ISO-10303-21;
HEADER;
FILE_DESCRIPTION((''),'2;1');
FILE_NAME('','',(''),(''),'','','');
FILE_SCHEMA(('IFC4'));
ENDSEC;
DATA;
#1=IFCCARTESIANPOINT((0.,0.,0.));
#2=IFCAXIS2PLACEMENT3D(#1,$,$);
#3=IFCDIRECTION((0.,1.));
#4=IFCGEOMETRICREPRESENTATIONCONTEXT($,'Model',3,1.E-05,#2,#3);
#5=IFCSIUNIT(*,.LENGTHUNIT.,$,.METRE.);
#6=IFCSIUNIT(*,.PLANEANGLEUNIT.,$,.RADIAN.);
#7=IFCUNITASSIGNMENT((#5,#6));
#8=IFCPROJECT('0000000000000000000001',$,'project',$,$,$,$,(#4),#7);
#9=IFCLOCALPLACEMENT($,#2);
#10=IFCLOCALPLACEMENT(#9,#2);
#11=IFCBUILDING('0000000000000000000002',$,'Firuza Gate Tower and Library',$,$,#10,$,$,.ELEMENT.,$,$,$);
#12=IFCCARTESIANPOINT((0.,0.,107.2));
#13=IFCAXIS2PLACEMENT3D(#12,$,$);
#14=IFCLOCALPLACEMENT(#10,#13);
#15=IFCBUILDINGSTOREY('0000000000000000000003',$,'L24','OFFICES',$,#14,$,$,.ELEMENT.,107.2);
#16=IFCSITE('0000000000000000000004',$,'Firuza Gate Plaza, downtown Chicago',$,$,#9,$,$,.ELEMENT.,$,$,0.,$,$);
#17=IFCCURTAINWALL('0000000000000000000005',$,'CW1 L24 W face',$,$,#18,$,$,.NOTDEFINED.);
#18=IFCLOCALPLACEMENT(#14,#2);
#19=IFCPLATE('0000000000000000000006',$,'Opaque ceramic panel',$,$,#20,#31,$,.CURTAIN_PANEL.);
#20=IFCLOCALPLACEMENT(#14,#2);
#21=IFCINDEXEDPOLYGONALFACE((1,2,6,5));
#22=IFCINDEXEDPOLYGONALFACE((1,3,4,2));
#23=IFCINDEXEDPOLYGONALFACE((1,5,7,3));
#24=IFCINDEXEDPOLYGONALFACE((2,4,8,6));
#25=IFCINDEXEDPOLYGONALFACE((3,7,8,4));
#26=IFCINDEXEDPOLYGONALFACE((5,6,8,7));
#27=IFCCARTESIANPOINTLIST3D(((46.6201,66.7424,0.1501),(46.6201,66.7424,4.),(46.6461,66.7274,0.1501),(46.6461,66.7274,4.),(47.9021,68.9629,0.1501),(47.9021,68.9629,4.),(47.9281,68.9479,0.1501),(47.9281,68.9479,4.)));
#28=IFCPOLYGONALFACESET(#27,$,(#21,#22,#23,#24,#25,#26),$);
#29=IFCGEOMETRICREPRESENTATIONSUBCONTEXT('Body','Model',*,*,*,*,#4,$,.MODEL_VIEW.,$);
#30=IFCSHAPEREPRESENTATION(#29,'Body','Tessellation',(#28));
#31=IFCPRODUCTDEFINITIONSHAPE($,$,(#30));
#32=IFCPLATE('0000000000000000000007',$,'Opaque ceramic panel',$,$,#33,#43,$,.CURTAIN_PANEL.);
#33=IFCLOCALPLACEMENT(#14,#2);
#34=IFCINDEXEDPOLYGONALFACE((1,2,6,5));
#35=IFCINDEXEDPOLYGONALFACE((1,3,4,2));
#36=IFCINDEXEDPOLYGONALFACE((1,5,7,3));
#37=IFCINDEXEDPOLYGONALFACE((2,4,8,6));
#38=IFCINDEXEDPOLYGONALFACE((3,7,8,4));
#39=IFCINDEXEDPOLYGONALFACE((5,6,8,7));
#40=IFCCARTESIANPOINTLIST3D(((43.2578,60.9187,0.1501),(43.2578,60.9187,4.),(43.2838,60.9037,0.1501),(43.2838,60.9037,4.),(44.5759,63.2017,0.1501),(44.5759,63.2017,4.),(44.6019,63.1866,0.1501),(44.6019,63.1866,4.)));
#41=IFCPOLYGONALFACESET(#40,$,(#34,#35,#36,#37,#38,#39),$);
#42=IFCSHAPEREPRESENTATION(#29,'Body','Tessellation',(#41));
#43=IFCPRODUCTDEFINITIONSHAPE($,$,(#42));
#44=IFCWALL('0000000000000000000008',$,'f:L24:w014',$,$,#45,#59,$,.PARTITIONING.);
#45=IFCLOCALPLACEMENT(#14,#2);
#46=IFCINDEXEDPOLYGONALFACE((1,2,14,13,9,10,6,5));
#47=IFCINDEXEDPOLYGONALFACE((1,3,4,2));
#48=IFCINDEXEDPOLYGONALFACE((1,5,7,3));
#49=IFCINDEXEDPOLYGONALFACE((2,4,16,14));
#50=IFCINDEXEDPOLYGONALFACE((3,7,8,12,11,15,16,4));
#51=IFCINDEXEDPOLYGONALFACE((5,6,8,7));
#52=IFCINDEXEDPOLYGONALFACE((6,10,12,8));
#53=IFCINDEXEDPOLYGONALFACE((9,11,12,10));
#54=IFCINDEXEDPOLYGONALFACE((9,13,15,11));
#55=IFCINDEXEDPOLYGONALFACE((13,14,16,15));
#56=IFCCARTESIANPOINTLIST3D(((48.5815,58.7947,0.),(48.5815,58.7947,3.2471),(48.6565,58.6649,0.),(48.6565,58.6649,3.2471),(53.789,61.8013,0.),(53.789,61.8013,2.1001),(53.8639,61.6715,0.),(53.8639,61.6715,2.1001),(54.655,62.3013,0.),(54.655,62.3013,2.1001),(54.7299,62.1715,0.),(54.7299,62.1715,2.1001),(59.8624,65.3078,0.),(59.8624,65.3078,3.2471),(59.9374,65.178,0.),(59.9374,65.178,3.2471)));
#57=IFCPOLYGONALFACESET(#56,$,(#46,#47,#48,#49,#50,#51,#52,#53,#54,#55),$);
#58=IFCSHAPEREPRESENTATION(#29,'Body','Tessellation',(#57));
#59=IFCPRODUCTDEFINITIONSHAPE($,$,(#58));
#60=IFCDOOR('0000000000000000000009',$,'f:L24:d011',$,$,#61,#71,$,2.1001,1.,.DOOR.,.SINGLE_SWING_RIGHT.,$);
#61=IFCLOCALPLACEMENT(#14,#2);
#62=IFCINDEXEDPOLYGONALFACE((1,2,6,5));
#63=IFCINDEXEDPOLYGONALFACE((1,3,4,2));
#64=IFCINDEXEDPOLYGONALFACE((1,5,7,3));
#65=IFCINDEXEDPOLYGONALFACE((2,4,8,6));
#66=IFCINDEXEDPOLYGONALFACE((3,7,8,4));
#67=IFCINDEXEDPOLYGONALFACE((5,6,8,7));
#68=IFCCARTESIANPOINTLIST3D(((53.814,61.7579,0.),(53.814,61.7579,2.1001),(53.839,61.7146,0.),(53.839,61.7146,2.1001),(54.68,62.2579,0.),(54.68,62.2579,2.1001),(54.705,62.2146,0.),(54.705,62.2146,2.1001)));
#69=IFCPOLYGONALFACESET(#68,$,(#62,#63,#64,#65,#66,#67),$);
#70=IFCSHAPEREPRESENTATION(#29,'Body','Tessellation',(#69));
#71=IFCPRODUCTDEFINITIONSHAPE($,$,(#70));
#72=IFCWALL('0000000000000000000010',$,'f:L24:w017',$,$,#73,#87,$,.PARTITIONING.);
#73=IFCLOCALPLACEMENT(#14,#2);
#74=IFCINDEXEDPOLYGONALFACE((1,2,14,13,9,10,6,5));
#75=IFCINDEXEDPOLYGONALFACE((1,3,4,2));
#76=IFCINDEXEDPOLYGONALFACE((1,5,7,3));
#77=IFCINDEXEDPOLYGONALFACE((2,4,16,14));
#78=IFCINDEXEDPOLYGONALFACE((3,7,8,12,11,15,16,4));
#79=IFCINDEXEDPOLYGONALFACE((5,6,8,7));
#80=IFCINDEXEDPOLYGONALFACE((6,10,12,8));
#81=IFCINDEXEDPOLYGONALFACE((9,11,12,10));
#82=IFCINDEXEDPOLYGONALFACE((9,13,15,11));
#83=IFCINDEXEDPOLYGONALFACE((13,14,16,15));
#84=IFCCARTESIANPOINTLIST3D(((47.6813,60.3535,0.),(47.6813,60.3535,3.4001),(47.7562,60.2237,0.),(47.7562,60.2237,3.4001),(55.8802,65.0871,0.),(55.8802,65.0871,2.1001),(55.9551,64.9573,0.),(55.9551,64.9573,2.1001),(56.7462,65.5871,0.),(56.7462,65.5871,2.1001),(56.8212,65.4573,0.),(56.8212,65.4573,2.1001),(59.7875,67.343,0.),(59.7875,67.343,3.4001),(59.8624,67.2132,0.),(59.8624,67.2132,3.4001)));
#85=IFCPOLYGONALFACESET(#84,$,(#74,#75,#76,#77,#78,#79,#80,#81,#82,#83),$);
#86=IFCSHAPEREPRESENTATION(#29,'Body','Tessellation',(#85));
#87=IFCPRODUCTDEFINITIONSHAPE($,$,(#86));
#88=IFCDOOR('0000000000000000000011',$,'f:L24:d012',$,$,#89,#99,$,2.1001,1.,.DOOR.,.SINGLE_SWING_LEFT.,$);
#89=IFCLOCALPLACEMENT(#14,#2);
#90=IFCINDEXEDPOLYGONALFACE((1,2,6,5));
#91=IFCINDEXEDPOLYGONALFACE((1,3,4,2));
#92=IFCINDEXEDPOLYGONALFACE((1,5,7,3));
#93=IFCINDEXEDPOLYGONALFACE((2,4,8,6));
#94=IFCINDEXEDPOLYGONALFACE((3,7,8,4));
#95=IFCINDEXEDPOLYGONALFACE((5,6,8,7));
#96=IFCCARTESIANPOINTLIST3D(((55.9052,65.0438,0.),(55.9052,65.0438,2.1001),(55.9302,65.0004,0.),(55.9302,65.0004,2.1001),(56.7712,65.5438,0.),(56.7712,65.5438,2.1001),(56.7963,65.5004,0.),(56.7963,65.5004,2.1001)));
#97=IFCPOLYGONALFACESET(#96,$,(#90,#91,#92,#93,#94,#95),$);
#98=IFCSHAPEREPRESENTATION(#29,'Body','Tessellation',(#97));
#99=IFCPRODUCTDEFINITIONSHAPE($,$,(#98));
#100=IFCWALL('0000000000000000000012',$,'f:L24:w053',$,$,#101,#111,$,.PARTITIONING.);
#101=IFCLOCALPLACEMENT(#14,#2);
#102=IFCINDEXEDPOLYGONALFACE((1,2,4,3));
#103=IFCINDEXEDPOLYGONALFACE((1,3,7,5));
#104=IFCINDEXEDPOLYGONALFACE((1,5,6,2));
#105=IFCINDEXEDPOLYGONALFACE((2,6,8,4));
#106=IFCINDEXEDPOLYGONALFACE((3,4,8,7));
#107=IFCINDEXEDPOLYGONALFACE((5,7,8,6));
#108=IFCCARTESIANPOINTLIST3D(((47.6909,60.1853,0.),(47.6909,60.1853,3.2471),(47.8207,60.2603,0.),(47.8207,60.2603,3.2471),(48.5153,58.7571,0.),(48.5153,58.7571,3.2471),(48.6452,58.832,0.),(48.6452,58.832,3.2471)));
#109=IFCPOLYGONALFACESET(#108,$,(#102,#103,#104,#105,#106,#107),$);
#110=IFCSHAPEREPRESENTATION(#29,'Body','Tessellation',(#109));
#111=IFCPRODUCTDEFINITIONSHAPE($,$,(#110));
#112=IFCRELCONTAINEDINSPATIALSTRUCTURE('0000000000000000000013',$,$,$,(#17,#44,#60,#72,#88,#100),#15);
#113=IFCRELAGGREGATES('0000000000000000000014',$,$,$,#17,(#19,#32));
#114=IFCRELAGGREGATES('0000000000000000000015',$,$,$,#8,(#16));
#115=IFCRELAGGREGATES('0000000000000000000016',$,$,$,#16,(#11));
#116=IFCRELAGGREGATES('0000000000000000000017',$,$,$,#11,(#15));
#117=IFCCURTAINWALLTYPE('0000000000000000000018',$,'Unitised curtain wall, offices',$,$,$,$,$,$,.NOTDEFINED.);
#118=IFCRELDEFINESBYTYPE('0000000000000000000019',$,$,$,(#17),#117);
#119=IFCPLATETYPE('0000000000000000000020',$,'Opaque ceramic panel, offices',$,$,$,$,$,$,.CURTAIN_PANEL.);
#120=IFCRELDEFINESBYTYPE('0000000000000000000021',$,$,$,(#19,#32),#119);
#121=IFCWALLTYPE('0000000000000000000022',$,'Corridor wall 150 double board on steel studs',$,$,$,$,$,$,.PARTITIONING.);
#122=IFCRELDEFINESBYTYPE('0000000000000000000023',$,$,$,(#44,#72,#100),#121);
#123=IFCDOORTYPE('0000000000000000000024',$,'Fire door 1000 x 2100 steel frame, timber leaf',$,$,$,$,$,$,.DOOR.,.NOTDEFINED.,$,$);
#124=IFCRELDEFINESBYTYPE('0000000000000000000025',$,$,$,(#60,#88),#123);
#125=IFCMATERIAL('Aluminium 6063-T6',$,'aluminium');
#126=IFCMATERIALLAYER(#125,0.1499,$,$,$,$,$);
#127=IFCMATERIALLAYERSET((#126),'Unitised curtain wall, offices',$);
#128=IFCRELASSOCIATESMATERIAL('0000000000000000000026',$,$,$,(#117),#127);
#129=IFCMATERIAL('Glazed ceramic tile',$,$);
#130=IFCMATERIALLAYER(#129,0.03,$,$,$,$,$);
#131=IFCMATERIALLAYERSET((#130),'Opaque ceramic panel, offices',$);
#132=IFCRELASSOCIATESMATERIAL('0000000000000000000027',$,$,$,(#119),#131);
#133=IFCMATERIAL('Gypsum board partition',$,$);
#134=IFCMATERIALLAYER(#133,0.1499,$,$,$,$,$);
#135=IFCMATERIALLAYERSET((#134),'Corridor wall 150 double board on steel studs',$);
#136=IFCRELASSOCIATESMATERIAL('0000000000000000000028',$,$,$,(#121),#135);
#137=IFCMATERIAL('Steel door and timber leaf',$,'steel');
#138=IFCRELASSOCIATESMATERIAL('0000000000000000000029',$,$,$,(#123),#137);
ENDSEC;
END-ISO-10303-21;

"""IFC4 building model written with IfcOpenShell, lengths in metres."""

from ifc_helpers import new_model, si_unit, direction, frame, frame_2d, origin, place, context, subcontext, project, spatial, polyline, rectangle, outline, extrude, material, layer, layer_set, type_object, element, fill, aggregate, save


model = new_model("IFC4")

# Units and contexts
model_context = context("Model", 3, precision=1e-05, world=origin(), true_north=direction((0.0, 1.0)))
body_context = subcontext(model_context, "Body", "Model", "MODEL_VIEW")
ifc_project = project(units=[si_unit("LENGTHUNIT", "METRE"), si_unit("PLANEANGLEUNIT", "RADIAN")], contexts=[model_context])

# Site, building, storey
site_placement = place(None, origin())
site = spatial("IfcSite", under=ifc_project, at=site_placement, Name="Firuza Gate Plaza, downtown Chicago", CompositionType="ELEMENT", RefElevation=0.0)
building_placement = place(site_placement, origin())
building = spatial("IfcBuilding", under=site, at=building_placement, Name="Firuza Gate Tower and Library", CompositionType="ELEMENT")
storey_placement = place(building_placement, frame((0.0, 0.0, 107.2)))
storey = spatial("IfcBuildingStorey", under=building, at=storey_placement, Name="L24", Description="OFFICES", CompositionType="ELEMENT", Elevation=107.2)

# Curtain wall
ifc_material_1 = material(Name="Aluminium 6063-T6", Category="aluminium")
ifc_layer_1 = layer(ifc_material_1, 0.1499)
ifc_layer_set_1 = layer_set([ifc_layer_1], Name="Unitised curtain wall, offices")
curtain_wall_type_1 = type_object("IfcCurtainWallType", Name="Unitised curtain wall, offices", PredefinedType="NOTDEFINED", material=ifc_layer_set_1)
placement = place(storey_placement, origin())
curtain_wall_1 = element("IfcCurtainWall", 1, at=placement, inside=storey, type_object=curtain_wall_type_1, Name="CW1 L24 W face", PredefinedType="NOTDEFINED")

# Plates
ifc_material_2 = material(Name="Glazed ceramic tile")
ifc_layer_2 = layer(ifc_material_2, 0.03)
ifc_layer_set_2 = layer_set([ifc_layer_2], Name="Opaque ceramic panel, offices")
plate_type_1 = type_object("IfcPlateType", Name="Opaque ceramic panel, offices", PredefinedType="CURTAIN_PANEL", material=ifc_layer_set_2)
plate_1_placement = place(storey_placement, frame((47.9021, 68.9629, 0.1501), z_axis=(-0.866025, 0.5, 0.0), x_axis=(-0.5, -0.866025, 0.0)))
plate_1 = element("IfcPlate", 2, at=plate_1_placement, type_object=plate_type_1, Name="Opaque ceramic panel", PredefinedType="CURTAIN_PANEL", context=body_context, shape_type="SweptSolid", body=[
    extrude(outline(polyline([(0.0, 0.0), (2.564, 0.0), (2.564, 3.8499), (0.0, 3.8499), (0.0, 0.0)])), origin(), (0.0, 0.0, -1.0), 0.03),
])
plate_2_placement = place(storey_placement, frame((44.5759, 63.2017, 0.1501), z_axis=(-0.866017, 0.500014, 0.0), x_axis=(-0.500014, -0.866017, 0.0)))
plate_2 = element("IfcPlate", 3, at=plate_2_placement, type_object=plate_type_1, Name="Opaque ceramic panel", PredefinedType="CURTAIN_PANEL", context=body_context, shape_type="SweptSolid", body=[
    extrude(outline(polyline([(0.0, 0.0), (2.6362, 0.0), (2.6362, 3.8499), (0.0, 3.8499), (0.0, 0.0)])), origin(), (0.0, 0.0, -1.0), 0.03),
])
aggregate(curtain_wall_1, [plate_1, plate_2])

# Walls, openings, doors
ifc_material_3 = material(Name="Gypsum board partition")
ifc_layer_3 = layer(ifc_material_3, 0.1499)
ifc_layer_set_3 = layer_set([ifc_layer_3], Name="Corridor wall 150 double board on steel studs")
wall_type = type_object("IfcWallType", Name="Corridor wall 150 double board on steel studs", PredefinedType="PARTITIONING", material=ifc_layer_set_3)
wall_1_placement = place(storey_placement, frame((48.6189, 58.7297, 0.0), z_axis=(0.0, 0.0, 1.0), x_axis=(0.866022, 0.500005, 0.0)))
wall_1 = element("IfcWall", 4, at=wall_1_placement, inside=storey, type_object=wall_type, Name="f:L24:w014", PredefinedType="PARTITIONING", context=body_context, shape_type="SweptSolid", body=[
    extrude(rectangle(XDim=13.0261, YDim=0.1499, at=frame_2d((6.5132, 0.0))), origin(), (0.0, 0.0, 1.0), 3.2471),
])
opening_1_placement = place(wall_1_placement, frame((6.0132, 0.0, 0.0)))
opening_1 = element("IfcOpeningElement", 5, at=opening_1_placement, cuts=wall_1, PredefinedType="OPENING", context=body_context, shape_type="SweptSolid", body=[
    extrude(rectangle(XDim=1.0, YDim=2.1001, at=frame_2d((0.5, 1.05))), frame((0.0, 0.085, 0.0), z_axis=(0.0, -1.0, 0.0), x_axis=(1.0, 0.0, 0.0)), (0.0, 0.0, 1.0), 0.1699),
])
ifc_material_4 = material(Name="Steel door and timber leaf", Category="steel")
door_type = type_object("IfcDoorType", Name="Fire door 1000 x 2100 steel frame, timber leaf", OperationType="NOTDEFINED", PredefinedType="DOOR", material=ifc_material_4)
door_1_placement = place(opening_1_placement, origin())
door_1 = element("IfcDoor", 6, at=door_1_placement, inside=storey, type_object=door_type, Name="f:L24:d011", OperationType="SINGLE_SWING_RIGHT", OverallHeight=2.1001, OverallWidth=1.0, PredefinedType="DOOR", context=body_context, shape_type="SweptSolid", body=[
    extrude(rectangle(XDim=1.0, YDim=2.1001, at=frame_2d((0.5, 1.05))), frame((0.0, 0.0249, 0.0), z_axis=(0.0, -1.0, 0.0), x_axis=(1.0, 0.0, 0.0)), (0.0, 0.0, 1.0), 0.05),
])
fill(opening_1, door_1)
wall_2_placement = place(storey_placement, frame((47.7188, 60.2886, 0.0), z_axis=(0.0, 0.0, 1.0), x_axis=(0.866026, 0.499999, 0.0)))
wall_2 = element("IfcWall", 7, at=wall_2_placement, inside=storey, type_object=wall_type, Name="f:L24:w017", PredefinedType="PARTITIONING", context=body_context, shape_type="SweptSolid", body=[
    extrude(rectangle(XDim=13.979, YDim=0.1499, at=frame_2d((6.9895, 0.0))), origin(), (0.0, 0.0, 1.0), 3.4001),
])
opening_2_placement = place(wall_2_placement, frame((9.4673, 0.0, 0.0)))
opening_2 = element("IfcOpeningElement", 8, at=opening_2_placement, cuts=wall_2, PredefinedType="OPENING", context=body_context, shape_type="SweptSolid", body=[
    extrude(rectangle(XDim=1.0, YDim=2.1001, at=frame_2d((0.5, 1.05))), frame((0.0, 0.085, 0.0), z_axis=(0.0, -1.0, 0.0), x_axis=(1.0, 0.0, 0.0)), (0.0, 0.0, 1.0), 0.1699),
])
door_2_placement = place(opening_2_placement, origin())
door_2 = element("IfcDoor", 9, at=door_2_placement, inside=storey, type_object=door_type, Name="f:L24:d012", OperationType="SINGLE_SWING_LEFT", OverallHeight=2.1001, OverallWidth=1.0, PredefinedType="DOOR", context=body_context, shape_type="SweptSolid", body=[
    extrude(rectangle(XDim=1.0, YDim=2.1001, at=frame_2d((0.5, 1.05))), frame((0.0, 0.0249, 0.0), z_axis=(0.0, -1.0, 0.0), x_axis=(1.0, 0.0, 0.0)), (0.0, 0.0, 1.0), 0.05),
])
fill(opening_2, door_2)

# Wall
wall_3_placement = place(storey_placement, frame((48.5803, 58.7944, 0.0), z_axis=(0.0, 0.0, 1.0), x_axis=(-0.499945, 0.866057, 0.0)))
element("IfcWall", 10, at=wall_3_placement, inside=storey, type_object=wall_type, Name="f:L24:w053", PredefinedType="PARTITIONING", context=body_context, shape_type="SweptSolid", body=[
    extrude(rectangle(XDim=1.6492, YDim=0.1499, at=frame_2d((0.8247, 0.0))), origin(), (0.0, 0.0, 1.0), 3.2471),
])

save(model, "model.ifc")
